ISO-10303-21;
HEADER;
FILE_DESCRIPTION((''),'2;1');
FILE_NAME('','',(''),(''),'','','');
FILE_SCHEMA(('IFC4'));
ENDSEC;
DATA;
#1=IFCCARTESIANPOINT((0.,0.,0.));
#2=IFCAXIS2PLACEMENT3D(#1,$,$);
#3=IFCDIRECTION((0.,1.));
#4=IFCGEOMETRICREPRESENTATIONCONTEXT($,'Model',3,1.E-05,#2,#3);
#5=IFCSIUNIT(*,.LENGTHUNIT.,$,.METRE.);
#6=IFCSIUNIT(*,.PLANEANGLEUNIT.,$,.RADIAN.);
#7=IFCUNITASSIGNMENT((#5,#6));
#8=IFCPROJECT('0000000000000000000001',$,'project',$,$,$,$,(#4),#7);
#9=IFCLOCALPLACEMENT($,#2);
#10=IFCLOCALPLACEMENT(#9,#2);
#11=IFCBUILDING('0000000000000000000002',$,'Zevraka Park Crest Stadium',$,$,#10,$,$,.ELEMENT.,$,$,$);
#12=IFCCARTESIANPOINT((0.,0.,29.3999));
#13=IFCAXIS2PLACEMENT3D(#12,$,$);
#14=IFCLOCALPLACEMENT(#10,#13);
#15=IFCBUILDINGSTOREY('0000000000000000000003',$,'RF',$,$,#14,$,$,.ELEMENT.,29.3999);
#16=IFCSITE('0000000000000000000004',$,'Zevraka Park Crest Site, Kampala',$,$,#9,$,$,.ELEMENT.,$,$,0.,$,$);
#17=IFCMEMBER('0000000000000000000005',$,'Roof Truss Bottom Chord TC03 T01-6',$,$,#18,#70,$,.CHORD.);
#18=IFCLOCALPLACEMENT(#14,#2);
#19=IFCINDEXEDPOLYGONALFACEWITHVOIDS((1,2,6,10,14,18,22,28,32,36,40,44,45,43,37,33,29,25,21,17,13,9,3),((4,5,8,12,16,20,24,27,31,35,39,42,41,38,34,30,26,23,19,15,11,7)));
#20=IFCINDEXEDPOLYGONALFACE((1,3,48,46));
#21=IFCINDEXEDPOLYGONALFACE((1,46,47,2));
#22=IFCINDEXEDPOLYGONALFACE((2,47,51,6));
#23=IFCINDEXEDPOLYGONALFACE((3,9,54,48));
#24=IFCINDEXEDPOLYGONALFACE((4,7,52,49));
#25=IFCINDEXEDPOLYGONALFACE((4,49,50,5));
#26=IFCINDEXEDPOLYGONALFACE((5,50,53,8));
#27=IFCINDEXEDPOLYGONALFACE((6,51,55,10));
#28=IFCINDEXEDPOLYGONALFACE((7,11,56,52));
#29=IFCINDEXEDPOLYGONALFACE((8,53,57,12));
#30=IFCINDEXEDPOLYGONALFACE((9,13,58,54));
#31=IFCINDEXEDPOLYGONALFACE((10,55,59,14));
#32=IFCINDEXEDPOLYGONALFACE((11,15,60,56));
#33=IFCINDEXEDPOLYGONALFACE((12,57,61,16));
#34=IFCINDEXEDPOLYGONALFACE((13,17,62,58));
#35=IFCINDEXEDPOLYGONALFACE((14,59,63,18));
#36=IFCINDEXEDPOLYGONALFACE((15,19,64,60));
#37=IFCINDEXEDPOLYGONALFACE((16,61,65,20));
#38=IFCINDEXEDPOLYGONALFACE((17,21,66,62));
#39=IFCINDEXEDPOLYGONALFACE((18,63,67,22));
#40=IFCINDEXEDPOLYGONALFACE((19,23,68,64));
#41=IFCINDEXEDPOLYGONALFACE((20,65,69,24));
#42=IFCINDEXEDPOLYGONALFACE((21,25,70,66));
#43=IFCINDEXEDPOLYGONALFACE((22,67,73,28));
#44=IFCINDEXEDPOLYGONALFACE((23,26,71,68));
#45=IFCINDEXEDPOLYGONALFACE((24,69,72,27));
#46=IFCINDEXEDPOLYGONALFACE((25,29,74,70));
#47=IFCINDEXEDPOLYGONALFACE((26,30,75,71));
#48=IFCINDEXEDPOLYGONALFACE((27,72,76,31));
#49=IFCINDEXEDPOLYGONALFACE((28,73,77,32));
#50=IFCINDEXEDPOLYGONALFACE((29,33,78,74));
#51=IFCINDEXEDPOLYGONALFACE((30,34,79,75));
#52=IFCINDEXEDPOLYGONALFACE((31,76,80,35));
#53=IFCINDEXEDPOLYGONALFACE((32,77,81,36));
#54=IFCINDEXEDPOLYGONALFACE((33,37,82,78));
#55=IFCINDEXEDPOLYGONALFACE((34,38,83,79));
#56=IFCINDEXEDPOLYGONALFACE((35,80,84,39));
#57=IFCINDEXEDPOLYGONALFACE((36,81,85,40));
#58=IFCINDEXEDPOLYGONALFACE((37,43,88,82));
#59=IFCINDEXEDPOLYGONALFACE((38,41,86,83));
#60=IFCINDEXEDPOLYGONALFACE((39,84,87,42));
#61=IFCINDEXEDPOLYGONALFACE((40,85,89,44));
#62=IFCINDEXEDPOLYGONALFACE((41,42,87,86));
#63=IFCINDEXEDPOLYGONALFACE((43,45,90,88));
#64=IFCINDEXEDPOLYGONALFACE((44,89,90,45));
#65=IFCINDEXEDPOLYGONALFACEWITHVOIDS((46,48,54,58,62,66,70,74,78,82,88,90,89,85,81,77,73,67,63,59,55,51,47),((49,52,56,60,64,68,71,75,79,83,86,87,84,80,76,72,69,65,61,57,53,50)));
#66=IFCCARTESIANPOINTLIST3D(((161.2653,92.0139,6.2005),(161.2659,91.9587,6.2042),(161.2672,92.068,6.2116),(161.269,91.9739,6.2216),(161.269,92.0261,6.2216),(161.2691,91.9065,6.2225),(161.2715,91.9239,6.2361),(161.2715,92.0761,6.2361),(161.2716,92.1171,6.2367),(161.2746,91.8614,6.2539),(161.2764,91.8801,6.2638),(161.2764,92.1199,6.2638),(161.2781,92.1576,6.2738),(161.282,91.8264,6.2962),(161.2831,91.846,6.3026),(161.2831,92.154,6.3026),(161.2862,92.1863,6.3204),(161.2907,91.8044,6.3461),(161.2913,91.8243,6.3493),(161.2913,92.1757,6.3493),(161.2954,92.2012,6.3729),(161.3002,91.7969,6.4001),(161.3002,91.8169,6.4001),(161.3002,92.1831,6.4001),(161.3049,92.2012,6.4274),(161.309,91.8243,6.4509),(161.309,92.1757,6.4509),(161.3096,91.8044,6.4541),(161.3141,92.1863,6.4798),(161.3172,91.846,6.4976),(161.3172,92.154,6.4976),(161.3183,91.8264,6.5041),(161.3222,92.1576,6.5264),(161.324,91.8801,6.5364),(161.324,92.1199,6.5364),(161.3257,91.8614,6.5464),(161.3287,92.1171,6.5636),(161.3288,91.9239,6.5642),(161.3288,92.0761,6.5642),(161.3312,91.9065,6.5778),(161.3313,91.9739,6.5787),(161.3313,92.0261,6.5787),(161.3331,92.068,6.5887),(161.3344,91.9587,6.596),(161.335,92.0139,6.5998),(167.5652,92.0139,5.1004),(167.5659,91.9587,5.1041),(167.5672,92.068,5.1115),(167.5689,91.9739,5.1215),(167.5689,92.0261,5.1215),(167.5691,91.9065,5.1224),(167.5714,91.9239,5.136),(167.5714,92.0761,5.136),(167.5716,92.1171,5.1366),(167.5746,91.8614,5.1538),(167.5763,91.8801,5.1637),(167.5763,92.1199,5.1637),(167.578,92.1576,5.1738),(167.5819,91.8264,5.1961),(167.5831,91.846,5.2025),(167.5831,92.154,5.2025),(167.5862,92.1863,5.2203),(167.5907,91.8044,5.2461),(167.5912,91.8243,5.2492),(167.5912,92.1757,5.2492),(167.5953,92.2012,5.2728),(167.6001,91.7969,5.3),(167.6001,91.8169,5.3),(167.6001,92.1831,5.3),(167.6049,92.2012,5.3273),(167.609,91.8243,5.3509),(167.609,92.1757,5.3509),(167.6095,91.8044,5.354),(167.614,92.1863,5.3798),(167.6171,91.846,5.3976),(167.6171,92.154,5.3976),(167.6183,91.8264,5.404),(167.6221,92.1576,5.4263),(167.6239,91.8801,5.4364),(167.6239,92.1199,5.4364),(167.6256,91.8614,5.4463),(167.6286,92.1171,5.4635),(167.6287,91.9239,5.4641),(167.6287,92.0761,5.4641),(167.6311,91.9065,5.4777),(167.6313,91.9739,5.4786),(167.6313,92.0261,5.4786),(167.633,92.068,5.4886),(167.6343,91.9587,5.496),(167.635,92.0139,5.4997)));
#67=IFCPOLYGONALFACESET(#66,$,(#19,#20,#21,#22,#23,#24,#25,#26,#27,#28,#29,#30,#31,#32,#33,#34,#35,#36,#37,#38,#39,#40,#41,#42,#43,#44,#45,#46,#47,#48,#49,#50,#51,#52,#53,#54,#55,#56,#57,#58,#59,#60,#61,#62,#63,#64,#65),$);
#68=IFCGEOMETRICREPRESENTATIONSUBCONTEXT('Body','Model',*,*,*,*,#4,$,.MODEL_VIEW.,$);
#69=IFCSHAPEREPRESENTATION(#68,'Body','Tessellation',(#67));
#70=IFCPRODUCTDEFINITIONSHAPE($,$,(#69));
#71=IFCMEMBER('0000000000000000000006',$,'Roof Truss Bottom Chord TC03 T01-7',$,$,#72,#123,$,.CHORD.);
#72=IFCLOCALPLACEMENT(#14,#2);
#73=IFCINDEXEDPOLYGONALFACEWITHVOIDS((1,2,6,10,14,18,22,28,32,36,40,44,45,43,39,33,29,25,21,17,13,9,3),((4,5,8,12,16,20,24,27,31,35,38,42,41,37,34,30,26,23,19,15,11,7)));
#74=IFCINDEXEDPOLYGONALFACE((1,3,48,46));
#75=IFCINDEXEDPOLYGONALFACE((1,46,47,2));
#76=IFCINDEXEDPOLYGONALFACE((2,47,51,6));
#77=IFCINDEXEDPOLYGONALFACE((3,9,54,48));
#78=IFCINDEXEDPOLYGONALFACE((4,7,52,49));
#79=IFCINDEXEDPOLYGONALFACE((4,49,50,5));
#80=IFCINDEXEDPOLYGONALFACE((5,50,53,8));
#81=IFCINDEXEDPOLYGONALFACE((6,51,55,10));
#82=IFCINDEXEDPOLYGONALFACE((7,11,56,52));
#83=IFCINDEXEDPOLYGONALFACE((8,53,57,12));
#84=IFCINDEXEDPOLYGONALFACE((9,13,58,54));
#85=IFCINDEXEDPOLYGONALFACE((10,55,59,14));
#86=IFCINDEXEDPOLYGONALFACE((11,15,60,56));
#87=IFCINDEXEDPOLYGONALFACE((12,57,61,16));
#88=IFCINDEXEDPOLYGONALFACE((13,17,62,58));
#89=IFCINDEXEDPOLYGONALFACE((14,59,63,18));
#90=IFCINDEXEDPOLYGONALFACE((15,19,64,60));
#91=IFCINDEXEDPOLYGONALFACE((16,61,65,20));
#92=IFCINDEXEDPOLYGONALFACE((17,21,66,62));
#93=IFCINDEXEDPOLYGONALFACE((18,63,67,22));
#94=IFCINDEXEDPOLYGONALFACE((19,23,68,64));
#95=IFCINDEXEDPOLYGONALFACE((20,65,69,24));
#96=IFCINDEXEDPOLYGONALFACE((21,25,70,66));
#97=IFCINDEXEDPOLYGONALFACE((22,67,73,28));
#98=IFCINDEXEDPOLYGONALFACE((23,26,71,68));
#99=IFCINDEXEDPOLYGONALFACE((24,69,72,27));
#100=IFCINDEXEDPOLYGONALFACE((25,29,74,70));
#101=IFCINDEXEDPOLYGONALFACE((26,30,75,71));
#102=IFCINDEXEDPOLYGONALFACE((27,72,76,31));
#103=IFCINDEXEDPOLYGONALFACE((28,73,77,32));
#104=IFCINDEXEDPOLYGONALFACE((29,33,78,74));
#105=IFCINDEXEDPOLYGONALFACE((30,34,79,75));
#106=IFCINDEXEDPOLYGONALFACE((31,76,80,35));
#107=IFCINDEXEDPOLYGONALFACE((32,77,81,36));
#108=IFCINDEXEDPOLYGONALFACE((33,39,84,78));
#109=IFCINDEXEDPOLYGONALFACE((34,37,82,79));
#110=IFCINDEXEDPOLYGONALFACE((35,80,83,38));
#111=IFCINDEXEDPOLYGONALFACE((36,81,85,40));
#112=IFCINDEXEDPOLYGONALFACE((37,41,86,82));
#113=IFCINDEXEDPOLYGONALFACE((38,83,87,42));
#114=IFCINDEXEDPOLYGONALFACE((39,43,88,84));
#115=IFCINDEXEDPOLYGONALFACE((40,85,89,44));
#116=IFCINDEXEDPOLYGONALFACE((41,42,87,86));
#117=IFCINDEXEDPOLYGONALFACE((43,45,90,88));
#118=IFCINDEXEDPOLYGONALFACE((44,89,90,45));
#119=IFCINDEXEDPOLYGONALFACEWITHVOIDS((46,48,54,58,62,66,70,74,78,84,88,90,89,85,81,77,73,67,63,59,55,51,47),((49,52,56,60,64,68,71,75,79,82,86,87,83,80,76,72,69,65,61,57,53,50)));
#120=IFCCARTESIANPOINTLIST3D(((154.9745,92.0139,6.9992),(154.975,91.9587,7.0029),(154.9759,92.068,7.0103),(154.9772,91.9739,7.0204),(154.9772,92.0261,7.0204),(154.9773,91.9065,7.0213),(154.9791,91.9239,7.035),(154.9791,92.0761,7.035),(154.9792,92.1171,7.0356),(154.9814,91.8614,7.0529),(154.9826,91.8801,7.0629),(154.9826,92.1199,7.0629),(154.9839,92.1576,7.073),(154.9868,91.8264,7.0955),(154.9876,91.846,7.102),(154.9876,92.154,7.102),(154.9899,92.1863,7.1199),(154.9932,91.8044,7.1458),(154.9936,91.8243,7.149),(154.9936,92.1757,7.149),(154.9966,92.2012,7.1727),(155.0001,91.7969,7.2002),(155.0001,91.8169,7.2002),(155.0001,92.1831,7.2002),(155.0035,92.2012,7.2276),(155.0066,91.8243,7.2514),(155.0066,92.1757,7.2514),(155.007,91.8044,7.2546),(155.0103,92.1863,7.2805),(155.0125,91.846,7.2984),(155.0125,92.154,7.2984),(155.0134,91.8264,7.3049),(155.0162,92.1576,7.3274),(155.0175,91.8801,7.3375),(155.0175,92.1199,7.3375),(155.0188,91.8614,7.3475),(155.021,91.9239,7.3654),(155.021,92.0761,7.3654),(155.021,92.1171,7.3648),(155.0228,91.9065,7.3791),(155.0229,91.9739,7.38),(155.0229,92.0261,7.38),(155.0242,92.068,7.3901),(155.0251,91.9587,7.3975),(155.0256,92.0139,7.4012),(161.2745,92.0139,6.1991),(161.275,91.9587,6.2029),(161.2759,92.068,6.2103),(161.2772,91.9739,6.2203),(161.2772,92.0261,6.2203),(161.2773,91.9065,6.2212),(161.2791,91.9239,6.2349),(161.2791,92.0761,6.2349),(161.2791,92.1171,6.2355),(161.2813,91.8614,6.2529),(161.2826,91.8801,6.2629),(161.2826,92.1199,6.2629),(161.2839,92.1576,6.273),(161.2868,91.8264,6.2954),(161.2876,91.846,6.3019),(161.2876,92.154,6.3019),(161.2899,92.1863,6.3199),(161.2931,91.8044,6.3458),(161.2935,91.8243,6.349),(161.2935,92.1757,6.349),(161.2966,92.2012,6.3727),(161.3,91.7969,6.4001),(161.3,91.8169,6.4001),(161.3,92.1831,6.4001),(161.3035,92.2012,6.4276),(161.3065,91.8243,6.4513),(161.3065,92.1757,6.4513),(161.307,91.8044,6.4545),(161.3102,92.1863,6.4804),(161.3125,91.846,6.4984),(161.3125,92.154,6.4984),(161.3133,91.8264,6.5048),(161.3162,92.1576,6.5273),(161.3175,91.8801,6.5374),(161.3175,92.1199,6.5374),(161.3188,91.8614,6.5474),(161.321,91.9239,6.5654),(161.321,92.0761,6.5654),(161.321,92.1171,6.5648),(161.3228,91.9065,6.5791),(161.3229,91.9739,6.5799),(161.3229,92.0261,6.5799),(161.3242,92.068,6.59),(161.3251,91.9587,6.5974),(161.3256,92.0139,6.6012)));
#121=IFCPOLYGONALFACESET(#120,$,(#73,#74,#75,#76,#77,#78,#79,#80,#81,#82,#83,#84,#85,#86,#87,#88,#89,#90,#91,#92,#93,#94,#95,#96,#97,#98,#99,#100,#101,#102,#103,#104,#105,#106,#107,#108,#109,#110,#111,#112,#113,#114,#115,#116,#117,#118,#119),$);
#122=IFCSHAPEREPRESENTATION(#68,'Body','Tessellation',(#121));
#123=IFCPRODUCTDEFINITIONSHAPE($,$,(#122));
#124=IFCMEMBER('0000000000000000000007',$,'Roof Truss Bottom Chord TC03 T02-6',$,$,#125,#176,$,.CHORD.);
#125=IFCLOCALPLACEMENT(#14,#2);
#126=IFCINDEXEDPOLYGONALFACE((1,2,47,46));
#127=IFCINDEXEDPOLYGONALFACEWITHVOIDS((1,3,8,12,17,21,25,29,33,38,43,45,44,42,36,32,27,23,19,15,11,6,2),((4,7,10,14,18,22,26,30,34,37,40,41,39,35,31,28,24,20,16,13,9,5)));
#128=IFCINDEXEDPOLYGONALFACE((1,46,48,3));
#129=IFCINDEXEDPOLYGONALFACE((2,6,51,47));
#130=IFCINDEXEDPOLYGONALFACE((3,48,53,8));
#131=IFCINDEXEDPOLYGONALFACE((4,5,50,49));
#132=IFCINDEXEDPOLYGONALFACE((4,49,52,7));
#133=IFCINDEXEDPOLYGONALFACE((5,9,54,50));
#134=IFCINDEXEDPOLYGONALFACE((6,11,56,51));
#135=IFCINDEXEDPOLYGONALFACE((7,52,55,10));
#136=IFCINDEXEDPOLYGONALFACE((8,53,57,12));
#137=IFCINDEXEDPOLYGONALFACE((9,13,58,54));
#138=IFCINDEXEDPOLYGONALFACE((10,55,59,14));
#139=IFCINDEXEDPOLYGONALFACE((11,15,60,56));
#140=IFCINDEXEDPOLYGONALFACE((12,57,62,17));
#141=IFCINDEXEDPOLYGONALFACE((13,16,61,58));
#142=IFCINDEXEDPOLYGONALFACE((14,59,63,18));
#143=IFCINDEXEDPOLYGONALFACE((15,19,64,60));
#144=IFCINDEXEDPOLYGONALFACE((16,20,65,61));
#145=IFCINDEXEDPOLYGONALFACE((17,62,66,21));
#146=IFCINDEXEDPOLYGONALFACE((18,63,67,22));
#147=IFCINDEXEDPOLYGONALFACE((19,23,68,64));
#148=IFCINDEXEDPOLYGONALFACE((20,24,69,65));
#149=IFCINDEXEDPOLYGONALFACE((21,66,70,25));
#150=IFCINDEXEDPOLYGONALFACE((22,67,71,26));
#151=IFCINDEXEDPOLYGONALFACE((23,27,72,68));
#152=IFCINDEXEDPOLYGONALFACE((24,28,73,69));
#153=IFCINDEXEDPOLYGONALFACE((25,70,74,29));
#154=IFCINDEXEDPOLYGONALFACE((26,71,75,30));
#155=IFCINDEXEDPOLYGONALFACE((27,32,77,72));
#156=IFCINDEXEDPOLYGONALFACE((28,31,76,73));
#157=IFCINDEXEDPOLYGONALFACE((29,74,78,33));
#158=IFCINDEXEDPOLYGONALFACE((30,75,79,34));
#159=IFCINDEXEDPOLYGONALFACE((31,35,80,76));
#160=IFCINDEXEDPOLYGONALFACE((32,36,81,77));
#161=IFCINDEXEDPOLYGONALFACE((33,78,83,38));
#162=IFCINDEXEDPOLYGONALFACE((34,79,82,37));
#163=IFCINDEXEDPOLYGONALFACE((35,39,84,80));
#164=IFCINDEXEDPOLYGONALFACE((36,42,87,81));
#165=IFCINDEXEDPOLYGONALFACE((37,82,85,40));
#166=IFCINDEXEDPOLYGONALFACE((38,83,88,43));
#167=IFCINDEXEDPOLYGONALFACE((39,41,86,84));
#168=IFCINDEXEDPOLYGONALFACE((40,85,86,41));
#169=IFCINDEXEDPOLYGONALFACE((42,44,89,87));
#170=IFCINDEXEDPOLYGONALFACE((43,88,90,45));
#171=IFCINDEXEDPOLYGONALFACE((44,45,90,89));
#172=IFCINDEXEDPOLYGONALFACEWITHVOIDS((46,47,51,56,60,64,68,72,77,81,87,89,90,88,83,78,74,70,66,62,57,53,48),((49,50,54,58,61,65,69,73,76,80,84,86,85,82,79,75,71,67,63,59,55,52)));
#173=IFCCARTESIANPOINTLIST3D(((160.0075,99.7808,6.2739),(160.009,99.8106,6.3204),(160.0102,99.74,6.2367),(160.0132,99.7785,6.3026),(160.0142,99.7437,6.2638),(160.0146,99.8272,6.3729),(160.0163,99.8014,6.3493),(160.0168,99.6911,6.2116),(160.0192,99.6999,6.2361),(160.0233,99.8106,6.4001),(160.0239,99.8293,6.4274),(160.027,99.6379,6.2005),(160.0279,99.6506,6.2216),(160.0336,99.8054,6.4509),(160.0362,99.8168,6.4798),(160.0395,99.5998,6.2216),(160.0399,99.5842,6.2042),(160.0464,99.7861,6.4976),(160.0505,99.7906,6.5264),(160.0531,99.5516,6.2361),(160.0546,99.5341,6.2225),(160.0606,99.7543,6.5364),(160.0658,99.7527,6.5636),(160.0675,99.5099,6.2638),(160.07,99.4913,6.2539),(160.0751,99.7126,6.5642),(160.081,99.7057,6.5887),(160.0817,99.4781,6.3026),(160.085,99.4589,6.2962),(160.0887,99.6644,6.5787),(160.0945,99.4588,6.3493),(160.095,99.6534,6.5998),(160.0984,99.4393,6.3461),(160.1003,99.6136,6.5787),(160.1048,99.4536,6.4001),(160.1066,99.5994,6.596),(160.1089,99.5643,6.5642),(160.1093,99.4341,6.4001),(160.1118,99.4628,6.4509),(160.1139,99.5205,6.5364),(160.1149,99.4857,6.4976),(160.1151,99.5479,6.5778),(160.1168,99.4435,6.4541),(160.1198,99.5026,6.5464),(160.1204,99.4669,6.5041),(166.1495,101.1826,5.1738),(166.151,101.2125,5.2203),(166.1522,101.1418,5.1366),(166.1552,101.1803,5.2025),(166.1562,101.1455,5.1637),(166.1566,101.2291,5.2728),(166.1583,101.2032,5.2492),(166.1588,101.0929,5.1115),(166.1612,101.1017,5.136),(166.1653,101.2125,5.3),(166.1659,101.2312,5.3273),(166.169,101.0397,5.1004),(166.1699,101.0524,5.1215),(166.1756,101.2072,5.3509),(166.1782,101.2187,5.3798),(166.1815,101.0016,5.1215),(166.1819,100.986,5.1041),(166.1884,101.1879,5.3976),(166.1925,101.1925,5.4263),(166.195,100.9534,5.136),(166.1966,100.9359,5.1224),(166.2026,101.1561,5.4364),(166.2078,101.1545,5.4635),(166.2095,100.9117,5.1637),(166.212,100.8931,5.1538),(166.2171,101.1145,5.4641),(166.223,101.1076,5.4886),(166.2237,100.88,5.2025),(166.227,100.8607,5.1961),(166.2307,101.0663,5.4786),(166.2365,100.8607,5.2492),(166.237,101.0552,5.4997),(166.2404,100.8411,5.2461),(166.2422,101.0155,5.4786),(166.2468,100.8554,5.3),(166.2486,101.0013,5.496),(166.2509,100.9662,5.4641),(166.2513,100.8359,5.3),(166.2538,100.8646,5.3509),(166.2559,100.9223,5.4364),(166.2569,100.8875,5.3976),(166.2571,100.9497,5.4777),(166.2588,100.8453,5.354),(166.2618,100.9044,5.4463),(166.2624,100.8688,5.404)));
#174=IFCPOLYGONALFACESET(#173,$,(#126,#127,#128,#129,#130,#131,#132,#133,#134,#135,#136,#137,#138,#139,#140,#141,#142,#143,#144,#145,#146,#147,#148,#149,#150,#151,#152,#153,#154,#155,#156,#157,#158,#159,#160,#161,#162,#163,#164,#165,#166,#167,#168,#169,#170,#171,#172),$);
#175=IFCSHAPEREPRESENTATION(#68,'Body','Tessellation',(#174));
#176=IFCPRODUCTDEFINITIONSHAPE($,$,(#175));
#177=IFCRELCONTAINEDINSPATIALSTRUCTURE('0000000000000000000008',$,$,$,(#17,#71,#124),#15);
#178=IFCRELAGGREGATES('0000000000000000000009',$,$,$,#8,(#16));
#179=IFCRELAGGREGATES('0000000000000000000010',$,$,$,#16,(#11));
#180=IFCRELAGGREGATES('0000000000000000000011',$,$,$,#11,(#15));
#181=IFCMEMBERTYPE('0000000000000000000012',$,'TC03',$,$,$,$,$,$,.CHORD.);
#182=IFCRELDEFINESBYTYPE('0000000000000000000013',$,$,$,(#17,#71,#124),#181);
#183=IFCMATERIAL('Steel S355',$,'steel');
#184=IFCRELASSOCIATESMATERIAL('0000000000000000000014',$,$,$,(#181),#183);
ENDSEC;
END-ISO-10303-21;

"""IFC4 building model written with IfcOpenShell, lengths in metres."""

from ifc_helpers import new_model, si_unit, direction, frame, origin, origin_2d, place, context, subcontext, project, spatial, hollow_circle, extrude, material, material_profile, profile_set, type_object, element, save


model = new_model("IFC4")

# Units and contexts
model_context = context("Model", 3, precision=1e-05, world=origin(), true_north=direction((0.0, 1.0)))
body_context = subcontext(model_context, "Body", "Model", "MODEL_VIEW")
ifc_project = project(units=[si_unit("LENGTHUNIT", "METRE"), si_unit("PLANEANGLEUNIT", "RADIAN")], contexts=[model_context])

# Site, building, storey
site_placement = place(None, origin())
site = spatial("IfcSite", under=ifc_project, at=site_placement, Name="Zevraka Park Crest Site, Kampala", CompositionType="ELEMENT", RefElevation=0.0)
building_placement = place(site_placement, origin())
building = spatial("IfcBuilding", under=site, at=building_placement, Name="Zevraka Park Crest Stadium", CompositionType="ELEMENT")
storey_placement = place(building_placement, frame((0.0, 0.0, 29.3999)))
storey = spatial("IfcBuildingStorey", under=building, at=storey_placement, Name="RF", CompositionType="ELEMENT", Elevation=29.3999)

# Members
ifc_material_1 = material(Name="Steel S355", Category="steel")
ifc_material_profile_1 = material_profile(ifc_material_1, hollow_circle(Radius=0.2031, WallThickness=0.02, at=origin_2d()), Name="CHS 406.4x20")
ifc_profile_set_1 = profile_set([ifc_material_profile_1], Name="Steel S355")
member_type_1 = type_object("IfcMemberType", Name="TC03", PredefinedType="CHORD", material=ifc_profile_set_1)
member_1_placement = place(storey_placement, frame((167.6001, 92.0, 5.3), z_axis=(-0.985094, 0.0, 0.172015), x_axis=(0.0, -1.0, 0.0)))
element("IfcMember", 1, at=member_1_placement, inside=storey, type_object=member_type_1, Name="Roof Truss Bottom Chord TC03 T01-6", PredefinedType="CHORD", context=body_context, shape_type="SweptSolid", body=[
    extrude(hollow_circle(Radius=0.2031, WallThickness=0.02, at=origin_2d()), origin(), (0.0, 0.0, 1.0), 6.3953),
])
member_2_placement = place(storey_placement, frame((161.3, 92.0, 6.4001), z_axis=(-0.992033, 0.0, 0.125979), x_axis=(0.0, -1.0, 0.0)))
element("IfcMember", 2, at=member_2_placement, inside=storey, type_object=member_type_1, Name="Roof Truss Bottom Chord TC03 T01-7", PredefinedType="CHORD", context=body_context, shape_type="SweptSolid", body=[
    extrude(hollow_circle(Radius=0.2031, WallThickness=0.02, at=origin_2d()), origin(), (0.0, 0.0, 1.0), 6.3506),
])
member_3_placement = place(storey_placement, frame((166.2061, 101.0339, 5.3), z_axis=(-0.960397, -0.219199, 0.172015), x_axis=(0.222515, -0.974929, 0.0)))
element("IfcMember", 3, at=member_3_placement, inside=storey, type_object=member_type_1, Name="Roof Truss Bottom Chord TC03 T02-6", PredefinedType="CHORD", context=body_context, shape_type="SweptSolid", body=[
    extrude(hollow_circle(Radius=0.2031, WallThickness=0.02, at=origin_2d()), origin(), (0.0, 0.0, 1.0), 6.3953),
])

save(model, "model.ifc")
